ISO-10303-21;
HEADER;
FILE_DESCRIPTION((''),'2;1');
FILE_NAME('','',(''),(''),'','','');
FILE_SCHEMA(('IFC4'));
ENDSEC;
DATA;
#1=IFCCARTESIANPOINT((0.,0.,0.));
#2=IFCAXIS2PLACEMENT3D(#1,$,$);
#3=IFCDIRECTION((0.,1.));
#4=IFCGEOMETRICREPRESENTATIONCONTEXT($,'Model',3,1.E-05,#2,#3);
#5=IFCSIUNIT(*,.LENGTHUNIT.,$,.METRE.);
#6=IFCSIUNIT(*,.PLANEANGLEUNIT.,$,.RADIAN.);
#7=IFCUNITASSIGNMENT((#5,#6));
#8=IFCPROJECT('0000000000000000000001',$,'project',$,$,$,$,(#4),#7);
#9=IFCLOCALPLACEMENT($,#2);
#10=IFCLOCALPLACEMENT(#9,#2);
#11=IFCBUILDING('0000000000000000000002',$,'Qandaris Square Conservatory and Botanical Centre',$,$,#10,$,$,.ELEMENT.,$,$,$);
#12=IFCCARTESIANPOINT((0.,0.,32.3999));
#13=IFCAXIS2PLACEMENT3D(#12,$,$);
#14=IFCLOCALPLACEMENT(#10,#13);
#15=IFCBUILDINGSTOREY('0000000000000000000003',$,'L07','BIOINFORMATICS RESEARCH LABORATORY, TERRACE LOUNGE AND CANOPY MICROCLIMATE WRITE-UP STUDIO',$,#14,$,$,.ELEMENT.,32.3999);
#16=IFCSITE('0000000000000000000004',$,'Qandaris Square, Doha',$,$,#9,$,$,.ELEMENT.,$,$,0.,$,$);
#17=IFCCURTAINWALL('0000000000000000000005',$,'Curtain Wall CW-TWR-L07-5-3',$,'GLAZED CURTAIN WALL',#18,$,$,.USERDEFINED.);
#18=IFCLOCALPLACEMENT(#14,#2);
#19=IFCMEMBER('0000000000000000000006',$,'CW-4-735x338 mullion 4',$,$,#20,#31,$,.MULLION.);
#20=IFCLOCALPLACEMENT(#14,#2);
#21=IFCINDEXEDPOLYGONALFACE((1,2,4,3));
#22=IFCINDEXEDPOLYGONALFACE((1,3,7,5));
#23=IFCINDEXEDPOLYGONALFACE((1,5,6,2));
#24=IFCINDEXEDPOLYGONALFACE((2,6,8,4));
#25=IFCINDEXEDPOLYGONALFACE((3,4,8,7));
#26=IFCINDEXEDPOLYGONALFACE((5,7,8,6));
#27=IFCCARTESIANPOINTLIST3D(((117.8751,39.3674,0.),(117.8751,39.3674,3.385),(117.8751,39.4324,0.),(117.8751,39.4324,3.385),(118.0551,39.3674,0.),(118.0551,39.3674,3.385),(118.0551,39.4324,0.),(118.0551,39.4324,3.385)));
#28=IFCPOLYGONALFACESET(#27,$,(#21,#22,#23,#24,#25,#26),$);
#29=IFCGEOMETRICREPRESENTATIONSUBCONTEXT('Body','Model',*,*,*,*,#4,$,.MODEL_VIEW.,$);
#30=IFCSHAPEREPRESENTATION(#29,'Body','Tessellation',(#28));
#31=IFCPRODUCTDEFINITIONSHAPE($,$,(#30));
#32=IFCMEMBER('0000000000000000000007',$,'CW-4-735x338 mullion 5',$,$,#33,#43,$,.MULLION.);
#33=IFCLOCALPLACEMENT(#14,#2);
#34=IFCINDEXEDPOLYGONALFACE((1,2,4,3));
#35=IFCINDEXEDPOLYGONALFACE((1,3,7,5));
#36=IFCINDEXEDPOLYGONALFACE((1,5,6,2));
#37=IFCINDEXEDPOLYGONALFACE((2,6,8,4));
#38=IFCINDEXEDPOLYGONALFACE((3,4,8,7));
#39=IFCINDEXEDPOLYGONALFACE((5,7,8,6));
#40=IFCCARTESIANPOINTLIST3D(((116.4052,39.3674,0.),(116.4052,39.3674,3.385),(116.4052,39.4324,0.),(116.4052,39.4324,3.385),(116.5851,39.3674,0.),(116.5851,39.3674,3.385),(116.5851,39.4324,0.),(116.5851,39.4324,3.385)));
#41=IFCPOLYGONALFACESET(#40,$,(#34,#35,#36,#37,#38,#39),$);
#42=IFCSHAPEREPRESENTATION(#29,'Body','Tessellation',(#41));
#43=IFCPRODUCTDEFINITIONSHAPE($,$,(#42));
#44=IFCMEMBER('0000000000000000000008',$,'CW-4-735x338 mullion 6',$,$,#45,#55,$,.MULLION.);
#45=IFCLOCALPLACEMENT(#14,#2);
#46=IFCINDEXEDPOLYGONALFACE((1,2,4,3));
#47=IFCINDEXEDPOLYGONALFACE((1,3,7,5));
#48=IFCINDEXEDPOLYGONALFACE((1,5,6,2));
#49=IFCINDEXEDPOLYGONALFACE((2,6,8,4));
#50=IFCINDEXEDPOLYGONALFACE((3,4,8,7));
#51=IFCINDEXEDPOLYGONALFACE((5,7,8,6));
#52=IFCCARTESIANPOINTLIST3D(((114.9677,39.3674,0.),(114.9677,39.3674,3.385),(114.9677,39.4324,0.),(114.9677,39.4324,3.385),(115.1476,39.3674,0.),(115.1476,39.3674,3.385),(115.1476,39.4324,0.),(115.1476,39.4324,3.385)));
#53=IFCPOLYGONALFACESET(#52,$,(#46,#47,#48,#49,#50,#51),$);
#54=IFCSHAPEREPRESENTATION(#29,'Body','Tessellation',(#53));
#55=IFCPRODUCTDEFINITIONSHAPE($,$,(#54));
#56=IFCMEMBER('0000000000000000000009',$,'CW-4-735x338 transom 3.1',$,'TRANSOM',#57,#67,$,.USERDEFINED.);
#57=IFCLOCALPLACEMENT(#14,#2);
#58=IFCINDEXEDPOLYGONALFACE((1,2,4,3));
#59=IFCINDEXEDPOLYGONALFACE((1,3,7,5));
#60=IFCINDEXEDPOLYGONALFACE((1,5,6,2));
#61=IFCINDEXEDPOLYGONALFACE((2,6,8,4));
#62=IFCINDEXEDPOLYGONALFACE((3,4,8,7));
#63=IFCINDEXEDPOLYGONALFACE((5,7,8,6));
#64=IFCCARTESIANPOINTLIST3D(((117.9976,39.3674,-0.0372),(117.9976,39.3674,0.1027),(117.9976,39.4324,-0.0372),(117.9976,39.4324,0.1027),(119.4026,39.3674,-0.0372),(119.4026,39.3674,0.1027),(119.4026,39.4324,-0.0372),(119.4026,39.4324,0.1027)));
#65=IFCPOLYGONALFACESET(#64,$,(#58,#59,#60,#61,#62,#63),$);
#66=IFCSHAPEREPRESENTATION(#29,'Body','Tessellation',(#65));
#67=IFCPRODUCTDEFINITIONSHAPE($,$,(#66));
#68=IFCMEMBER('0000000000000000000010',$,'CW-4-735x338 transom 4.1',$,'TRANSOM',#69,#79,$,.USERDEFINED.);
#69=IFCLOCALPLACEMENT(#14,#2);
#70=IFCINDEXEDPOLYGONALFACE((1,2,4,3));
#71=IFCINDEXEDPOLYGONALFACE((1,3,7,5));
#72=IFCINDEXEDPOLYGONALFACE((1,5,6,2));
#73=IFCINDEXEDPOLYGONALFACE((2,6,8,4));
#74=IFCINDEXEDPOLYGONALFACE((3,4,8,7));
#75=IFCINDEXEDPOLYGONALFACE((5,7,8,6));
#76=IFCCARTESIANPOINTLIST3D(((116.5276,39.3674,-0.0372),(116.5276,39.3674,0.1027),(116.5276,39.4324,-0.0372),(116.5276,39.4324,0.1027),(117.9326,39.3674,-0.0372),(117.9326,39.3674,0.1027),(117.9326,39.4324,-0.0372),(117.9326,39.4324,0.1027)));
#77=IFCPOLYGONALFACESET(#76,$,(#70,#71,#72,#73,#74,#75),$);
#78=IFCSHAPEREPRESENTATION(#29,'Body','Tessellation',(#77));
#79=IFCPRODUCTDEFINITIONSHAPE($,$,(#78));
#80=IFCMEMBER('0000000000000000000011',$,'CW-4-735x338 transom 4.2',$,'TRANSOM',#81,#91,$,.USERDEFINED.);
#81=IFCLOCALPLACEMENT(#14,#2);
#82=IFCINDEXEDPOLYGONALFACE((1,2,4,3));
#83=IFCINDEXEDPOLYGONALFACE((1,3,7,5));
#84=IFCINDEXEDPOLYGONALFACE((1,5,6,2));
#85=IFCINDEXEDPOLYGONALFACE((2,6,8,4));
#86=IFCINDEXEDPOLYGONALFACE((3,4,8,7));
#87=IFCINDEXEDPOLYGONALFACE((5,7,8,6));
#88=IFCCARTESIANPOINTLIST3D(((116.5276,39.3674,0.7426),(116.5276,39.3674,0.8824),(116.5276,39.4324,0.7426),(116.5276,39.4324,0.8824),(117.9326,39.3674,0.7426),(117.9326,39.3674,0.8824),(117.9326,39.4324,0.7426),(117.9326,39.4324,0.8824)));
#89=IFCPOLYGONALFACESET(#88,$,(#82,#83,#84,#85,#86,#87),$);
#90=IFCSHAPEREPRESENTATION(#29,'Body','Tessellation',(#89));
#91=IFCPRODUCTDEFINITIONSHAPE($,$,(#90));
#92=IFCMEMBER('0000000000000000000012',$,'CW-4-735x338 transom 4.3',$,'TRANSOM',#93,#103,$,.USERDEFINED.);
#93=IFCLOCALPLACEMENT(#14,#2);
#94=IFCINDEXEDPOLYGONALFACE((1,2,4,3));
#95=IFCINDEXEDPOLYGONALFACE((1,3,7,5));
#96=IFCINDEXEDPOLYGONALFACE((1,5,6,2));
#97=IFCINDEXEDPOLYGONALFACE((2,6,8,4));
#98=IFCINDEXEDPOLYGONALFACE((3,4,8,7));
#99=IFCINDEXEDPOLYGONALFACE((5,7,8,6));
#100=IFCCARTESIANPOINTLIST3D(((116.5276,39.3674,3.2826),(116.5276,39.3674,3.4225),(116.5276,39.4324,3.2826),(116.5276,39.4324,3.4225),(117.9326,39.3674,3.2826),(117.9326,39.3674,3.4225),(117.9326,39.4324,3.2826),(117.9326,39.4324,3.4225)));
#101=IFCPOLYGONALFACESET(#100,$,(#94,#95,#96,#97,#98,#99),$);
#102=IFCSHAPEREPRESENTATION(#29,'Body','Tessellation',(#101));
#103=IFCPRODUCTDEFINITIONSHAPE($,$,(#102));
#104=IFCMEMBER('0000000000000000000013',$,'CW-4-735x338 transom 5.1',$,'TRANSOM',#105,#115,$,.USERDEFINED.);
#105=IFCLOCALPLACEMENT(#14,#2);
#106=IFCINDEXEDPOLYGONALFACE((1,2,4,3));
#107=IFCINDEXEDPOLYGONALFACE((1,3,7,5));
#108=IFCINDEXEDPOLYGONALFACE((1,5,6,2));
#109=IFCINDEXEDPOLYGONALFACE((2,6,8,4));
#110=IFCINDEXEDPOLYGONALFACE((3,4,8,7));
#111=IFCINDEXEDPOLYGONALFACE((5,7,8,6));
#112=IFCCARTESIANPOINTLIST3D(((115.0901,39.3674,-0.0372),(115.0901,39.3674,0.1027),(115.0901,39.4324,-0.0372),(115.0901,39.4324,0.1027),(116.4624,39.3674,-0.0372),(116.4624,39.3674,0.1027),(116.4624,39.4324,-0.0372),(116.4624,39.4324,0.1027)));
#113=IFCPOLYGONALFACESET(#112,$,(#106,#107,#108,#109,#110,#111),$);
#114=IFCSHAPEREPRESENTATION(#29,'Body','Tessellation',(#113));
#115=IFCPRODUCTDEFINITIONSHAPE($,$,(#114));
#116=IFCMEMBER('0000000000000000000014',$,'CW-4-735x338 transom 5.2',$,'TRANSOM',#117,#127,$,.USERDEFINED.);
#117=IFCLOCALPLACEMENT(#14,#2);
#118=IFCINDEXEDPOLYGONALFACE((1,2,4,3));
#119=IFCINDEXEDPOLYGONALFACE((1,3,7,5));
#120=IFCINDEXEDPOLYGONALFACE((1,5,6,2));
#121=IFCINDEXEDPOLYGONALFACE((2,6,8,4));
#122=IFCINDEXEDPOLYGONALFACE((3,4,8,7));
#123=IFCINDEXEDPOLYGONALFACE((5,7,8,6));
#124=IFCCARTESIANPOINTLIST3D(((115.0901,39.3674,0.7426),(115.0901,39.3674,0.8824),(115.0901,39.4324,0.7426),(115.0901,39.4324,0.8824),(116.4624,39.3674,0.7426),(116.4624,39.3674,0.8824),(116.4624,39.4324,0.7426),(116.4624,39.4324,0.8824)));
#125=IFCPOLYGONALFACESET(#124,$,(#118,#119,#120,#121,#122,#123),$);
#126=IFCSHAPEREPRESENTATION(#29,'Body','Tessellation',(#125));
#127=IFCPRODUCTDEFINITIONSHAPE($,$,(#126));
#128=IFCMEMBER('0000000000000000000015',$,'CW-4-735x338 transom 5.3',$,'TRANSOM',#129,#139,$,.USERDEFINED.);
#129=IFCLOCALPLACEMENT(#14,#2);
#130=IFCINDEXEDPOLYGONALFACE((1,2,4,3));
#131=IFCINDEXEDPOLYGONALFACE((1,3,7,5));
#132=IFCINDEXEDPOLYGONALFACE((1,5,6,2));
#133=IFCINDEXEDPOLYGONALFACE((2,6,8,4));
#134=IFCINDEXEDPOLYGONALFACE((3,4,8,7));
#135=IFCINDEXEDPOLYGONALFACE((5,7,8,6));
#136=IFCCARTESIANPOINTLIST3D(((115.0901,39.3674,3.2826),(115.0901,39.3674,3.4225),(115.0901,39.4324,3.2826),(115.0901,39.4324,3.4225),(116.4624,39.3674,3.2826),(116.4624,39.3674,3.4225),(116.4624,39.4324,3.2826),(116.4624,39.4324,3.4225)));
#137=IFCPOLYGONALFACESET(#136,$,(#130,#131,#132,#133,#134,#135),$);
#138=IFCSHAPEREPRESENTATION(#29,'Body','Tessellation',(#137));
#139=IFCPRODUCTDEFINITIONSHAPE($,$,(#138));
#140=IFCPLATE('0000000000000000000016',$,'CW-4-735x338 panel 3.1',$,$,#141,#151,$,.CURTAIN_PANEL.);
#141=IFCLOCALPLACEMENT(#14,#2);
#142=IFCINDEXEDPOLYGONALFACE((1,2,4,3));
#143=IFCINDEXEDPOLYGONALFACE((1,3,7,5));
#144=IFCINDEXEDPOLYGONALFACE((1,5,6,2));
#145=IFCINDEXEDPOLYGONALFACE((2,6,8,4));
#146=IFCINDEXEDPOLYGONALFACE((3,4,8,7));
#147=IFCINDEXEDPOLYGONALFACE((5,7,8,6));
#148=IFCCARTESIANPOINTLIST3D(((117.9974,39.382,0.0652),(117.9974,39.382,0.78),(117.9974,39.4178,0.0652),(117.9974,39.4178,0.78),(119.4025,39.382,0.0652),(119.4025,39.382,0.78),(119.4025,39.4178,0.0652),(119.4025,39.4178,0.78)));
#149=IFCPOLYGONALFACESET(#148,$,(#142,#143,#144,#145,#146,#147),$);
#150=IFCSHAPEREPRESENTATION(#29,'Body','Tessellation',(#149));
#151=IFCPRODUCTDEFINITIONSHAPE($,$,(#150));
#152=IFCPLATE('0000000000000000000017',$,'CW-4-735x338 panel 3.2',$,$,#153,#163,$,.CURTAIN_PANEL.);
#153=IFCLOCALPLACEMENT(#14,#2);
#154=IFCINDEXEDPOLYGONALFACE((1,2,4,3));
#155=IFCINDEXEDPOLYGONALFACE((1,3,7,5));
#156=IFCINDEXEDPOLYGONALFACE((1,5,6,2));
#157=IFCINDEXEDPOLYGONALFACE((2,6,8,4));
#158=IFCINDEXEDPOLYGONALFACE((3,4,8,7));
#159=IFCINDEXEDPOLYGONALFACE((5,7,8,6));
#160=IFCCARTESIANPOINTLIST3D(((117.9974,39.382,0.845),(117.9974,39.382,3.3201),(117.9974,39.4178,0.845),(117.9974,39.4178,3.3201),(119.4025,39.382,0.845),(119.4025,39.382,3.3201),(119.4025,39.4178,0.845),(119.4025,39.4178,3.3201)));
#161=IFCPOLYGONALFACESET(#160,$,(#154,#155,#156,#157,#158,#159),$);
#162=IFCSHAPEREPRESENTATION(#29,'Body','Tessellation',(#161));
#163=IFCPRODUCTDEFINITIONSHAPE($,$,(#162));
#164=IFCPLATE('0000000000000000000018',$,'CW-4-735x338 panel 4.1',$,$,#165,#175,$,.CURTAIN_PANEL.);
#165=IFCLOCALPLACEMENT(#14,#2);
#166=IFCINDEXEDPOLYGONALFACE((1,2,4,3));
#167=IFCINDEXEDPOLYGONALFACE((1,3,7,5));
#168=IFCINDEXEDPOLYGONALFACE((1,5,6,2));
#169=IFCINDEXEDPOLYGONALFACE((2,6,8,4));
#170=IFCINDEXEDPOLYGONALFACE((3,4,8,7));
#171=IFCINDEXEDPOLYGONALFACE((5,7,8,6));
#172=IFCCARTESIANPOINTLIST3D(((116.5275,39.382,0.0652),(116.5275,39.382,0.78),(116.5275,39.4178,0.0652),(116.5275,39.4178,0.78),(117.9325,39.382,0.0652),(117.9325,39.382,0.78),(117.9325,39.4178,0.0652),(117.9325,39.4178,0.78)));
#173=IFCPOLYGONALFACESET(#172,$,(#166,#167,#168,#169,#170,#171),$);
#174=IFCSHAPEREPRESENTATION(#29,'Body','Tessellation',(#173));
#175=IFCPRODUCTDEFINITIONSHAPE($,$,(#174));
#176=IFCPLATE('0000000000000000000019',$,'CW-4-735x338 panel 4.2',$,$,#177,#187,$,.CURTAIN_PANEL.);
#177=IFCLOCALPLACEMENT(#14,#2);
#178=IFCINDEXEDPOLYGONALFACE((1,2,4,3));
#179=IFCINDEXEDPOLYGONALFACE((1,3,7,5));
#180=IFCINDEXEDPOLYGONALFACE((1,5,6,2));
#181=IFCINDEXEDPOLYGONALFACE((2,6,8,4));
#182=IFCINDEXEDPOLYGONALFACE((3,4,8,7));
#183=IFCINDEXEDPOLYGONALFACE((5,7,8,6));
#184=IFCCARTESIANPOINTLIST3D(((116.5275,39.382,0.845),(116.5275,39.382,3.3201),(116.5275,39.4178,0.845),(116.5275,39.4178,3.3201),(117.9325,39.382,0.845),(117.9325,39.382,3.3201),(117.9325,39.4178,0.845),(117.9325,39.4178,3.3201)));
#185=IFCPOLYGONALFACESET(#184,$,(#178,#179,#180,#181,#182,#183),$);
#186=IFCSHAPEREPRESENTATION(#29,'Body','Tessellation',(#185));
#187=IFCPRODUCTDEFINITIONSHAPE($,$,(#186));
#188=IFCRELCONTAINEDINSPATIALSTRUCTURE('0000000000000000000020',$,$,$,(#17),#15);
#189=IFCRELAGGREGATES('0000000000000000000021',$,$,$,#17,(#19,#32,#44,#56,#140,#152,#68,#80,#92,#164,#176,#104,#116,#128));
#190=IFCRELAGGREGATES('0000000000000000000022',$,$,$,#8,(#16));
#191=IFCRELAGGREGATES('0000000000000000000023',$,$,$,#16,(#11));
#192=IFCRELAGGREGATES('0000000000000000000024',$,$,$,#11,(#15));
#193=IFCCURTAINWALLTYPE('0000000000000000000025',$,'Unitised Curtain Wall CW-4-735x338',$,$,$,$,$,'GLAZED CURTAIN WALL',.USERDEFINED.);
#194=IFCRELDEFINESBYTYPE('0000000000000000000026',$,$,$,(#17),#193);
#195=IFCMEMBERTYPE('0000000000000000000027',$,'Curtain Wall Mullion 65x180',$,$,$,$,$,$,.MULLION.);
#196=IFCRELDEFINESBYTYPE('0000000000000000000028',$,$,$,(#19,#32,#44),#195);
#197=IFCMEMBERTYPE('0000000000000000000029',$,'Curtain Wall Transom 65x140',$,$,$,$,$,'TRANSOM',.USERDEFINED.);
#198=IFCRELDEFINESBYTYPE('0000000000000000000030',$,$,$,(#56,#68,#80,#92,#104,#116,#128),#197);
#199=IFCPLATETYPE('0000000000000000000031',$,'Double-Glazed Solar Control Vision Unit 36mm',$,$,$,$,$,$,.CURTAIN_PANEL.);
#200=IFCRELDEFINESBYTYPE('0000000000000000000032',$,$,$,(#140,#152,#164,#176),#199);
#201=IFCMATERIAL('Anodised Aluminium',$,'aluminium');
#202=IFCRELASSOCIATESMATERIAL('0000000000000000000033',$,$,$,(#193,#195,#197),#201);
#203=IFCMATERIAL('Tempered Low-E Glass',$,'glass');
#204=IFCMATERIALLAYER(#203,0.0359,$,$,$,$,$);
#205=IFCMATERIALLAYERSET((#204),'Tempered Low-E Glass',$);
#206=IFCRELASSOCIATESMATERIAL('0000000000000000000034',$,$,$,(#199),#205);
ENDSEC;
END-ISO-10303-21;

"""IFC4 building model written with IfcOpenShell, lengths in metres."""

from ifc_helpers import new_model, si_unit, direction, frame, origin, origin_2d, place, context, subcontext, project, spatial, rectangle, extrude, material, layer, layer_set, material_profile, profile_set, type_object, element, aggregate, save


model = new_model("IFC4")

# Units and contexts
model_context = context("Model", 3, precision=1e-05, world=origin(), true_north=direction((0.0, 1.0)))
body_context = subcontext(model_context, "Body", "Model", "MODEL_VIEW")
ifc_project = project(units=[si_unit("LENGTHUNIT", "METRE"), si_unit("PLANEANGLEUNIT", "RADIAN")], contexts=[model_context])

# Site, building, storey
site_placement = place(None, origin())
site = spatial("IfcSite", under=ifc_project, at=site_placement, Name="Qandaris Square, Doha", CompositionType="ELEMENT", RefElevation=0.0)
building_placement = place(site_placement, origin())
building = spatial("IfcBuilding", under=site, at=building_placement, Name="Qandaris Square Conservatory and Botanical Centre", CompositionType="ELEMENT")
storey_placement = place(building_placement, frame((0.0, 0.0, 32.3999)))
storey = spatial("IfcBuildingStorey", under=building, at=storey_placement, Name="L07", Description="BIOINFORMATICS RESEARCH LABORATORY, TERRACE LOUNGE AND CANOPY MICROCLIMATE WRITE-UP STUDIO", CompositionType="ELEMENT", Elevation=32.3999)

# Curtain wall, members, plates
ifc_material_1 = material(Name="Anodised Aluminium", Category="aluminium")
curtain_wall_type = type_object("IfcCurtainWallType", Name="Unitised Curtain Wall CW-4-735x338", ElementType="GLAZED CURTAIN WALL", PredefinedType="USERDEFINED", material=ifc_material_1)
curtain_wall_placement = place(storey_placement, origin())
curtain_wall = element("IfcCurtainWall", 1, at=curtain_wall_placement, inside=storey, type_object=curtain_wall_type, Name="Curtain Wall CW-TWR-L07-5-3", ObjectType="GLAZED CURTAIN WALL", PredefinedType="USERDEFINED")
ifc_material_profile_1 = material_profile(ifc_material_1, rectangle(XDim=0.0649, YDim=0.1799, at=origin_2d()), Name="ALU-MUL 65x180")
ifc_profile_set_1 = profile_set([ifc_material_profile_1], Name="Anodised Aluminium")
member_type_1 = type_object("IfcMemberType", Name="Curtain Wall Mullion 65x180", PredefinedType="MULLION", material=ifc_profile_set_1)
member_1_placement = place(storey_placement, frame((117.9651, 39.3999, 0.0), z_axis=(0.0, 0.0, 1.0), x_axis=(0.0, -1.0, 0.0)))
member_1 = element("IfcMember", 2, at=member_1_placement, type_object=member_type_1, Name="CW-4-735x338 mullion 4", PredefinedType="MULLION", context=body_context, shape_type="SweptSolid", body=[
    extrude(rectangle(XDim=0.0649, YDim=0.1799, at=origin_2d()), origin(), (0.0, 0.0, 1.0), 3.385),
])
member_2_placement = place(storey_placement, frame((116.4951, 39.3999, 0.0), z_axis=(0.0, 0.0, 1.0), x_axis=(0.0, -1.0, 0.0)))
member_2 = element("IfcMember", 3, at=member_2_placement, type_object=member_type_1, Name="CW-4-735x338 mullion 5", PredefinedType="MULLION", context=body_context, shape_type="SweptSolid", body=[
    extrude(rectangle(XDim=0.0649, YDim=0.1799, at=origin_2d()), origin(), (0.0, 0.0, 1.0), 3.385),
])
member_3_placement = place(storey_placement, frame((115.0576, 39.3999, 0.0), z_axis=(0.0, 0.0, 1.0), x_axis=(0.0, -1.0, 0.0)))
member_3 = element("IfcMember", 4, at=member_3_placement, type_object=member_type_1, Name="CW-4-735x338 mullion 6", PredefinedType="MULLION", context=body_context, shape_type="SweptSolid", body=[
    extrude(rectangle(XDim=0.0649, YDim=0.1799, at=origin_2d()), origin(), (0.0, 0.0, 1.0), 3.385),
])
ifc_material_profile_2 = material_profile(ifc_material_1, rectangle(XDim=0.0649, YDim=0.1399, at=origin_2d()), Name="ALU-TRN 65x140")
ifc_profile_set_2 = profile_set([ifc_material_profile_2], Name="Anodised Aluminium")
member_type_2 = type_object("IfcMemberType", Name="Curtain Wall Transom 65x140", ElementType="TRANSOM", PredefinedType="USERDEFINED", material=ifc_profile_set_2)
member_4_placement = place(storey_placement, frame((119.4026, 39.3999, 0.0327), z_axis=(-1.0, 0.0, 0.0), x_axis=(0.0, -1.0, 0.0)))
member_4 = element("IfcMember", 5, at=member_4_placement, type_object=member_type_2, Name="CW-4-735x338 transom 3.1", ObjectType="TRANSOM", PredefinedType="USERDEFINED", context=body_context, shape_type="SweptSolid", body=[
    extrude(rectangle(XDim=0.0649, YDim=0.1399, at=origin_2d()), origin(), (0.0, 0.0, 1.0), 1.405),
])
member_5_placement = place(storey_placement, frame((117.9326, 39.3999, 0.0327), z_axis=(-1.0, 0.0, 0.0), x_axis=(0.0, -1.0, 0.0)))
member_5 = element("IfcMember", 6, at=member_5_placement, type_object=member_type_2, Name="CW-4-735x338 transom 4.1", ObjectType="TRANSOM", PredefinedType="USERDEFINED", context=body_context, shape_type="SweptSolid", body=[
    extrude(rectangle(XDim=0.0649, YDim=0.1399, at=origin_2d()), origin(), (0.0, 0.0, 1.0), 1.405),
])
member_6_placement = place(storey_placement, frame((117.9326, 39.3999, 0.8125), z_axis=(-1.0, 0.0, 0.0), x_axis=(0.0, -1.0, 0.0)))
member_6 = element("IfcMember", 7, at=member_6_placement, type_object=member_type_2, Name="CW-4-735x338 transom 4.2", ObjectType="TRANSOM", PredefinedType="USERDEFINED", context=body_context, shape_type="SweptSolid", body=[
    extrude(rectangle(XDim=0.0649, YDim=0.1399, at=origin_2d()), origin(), (0.0, 0.0, 1.0), 1.405),
])
member_7_placement = place(storey_placement, frame((117.9326, 39.3999, 3.3525), z_axis=(-1.0, 0.0, 0.0), x_axis=(0.0, -1.0, 0.0)))
member_7 = element("IfcMember", 8, at=member_7_placement, type_object=member_type_2, Name="CW-4-735x338 transom 4.3", ObjectType="TRANSOM", PredefinedType="USERDEFINED", context=body_context, shape_type="SweptSolid", body=[
    extrude(rectangle(XDim=0.0649, YDim=0.1399, at=origin_2d()), origin(), (0.0, 0.0, 1.0), 1.405),
])
member_8_placement = place(storey_placement, frame((116.4624, 39.3999, 0.0327), z_axis=(-1.0, 0.0, 0.0), x_axis=(0.0, -1.0, 0.0)))
member_8 = element("IfcMember", 9, at=member_8_placement, type_object=member_type_2, Name="CW-4-735x338 transom 5.1", ObjectType="TRANSOM", PredefinedType="USERDEFINED", context=body_context, shape_type="SweptSolid", body=[
    extrude(rectangle(XDim=0.0649, YDim=0.1399, at=origin_2d()), origin(), (0.0, 0.0, 1.0), 1.3723),
])
member_9_placement = place(storey_placement, frame((116.4624, 39.3999, 0.8125), z_axis=(-1.0, 0.0, 0.0), x_axis=(0.0, -1.0, 0.0)))
member_9 = element("IfcMember", 10, at=member_9_placement, type_object=member_type_2, Name="CW-4-735x338 transom 5.2", ObjectType="TRANSOM", PredefinedType="USERDEFINED", context=body_context, shape_type="SweptSolid", body=[
    extrude(rectangle(XDim=0.0649, YDim=0.1399, at=origin_2d()), origin(), (0.0, 0.0, 1.0), 1.3723),
])
member_10_placement = place(storey_placement, frame((116.4624, 39.3999, 3.3525), z_axis=(-1.0, 0.0, 0.0), x_axis=(0.0, -1.0, 0.0)))
member_10 = element("IfcMember", 11, at=member_10_placement, type_object=member_type_2, Name="CW-4-735x338 transom 5.3", ObjectType="TRANSOM", PredefinedType="USERDEFINED", context=body_context, shape_type="SweptSolid", body=[
    extrude(rectangle(XDim=0.0649, YDim=0.1399, at=origin_2d()), origin(), (0.0, 0.0, 1.0), 1.3723),
])
ifc_material_2 = material(Name="Tempered Low-E Glass", Category="glass")
ifc_layer_1 = layer(ifc_material_2, 0.0359)
ifc_layer_set_1 = layer_set([ifc_layer_1], Name="Tempered Low-E Glass")
plate_type = type_object("IfcPlateType", Name="Double-Glazed Solar Control Vision Unit 36mm", PredefinedType="CURTAIN_PANEL", material=ifc_layer_set_1)
plate_1_placement = place(storey_placement, frame((118.7, 39.3999, 0.0652), z_axis=(0.0, 0.0, 1.0), x_axis=(-1.0, 0.0, 0.0)))
plate_1 = element("IfcPlate", 12, at=plate_1_placement, type_object=plate_type, Name="CW-4-735x338 panel 3.1", PredefinedType="CURTAIN_PANEL", context=body_context, shape_type="SweptSolid", body=[
    extrude(rectangle(XDim=1.405, YDim=0.0359, at=origin_2d()), origin(), (0.0, 0.0, 1.0), 0.7148),
])
plate_2_placement = place(storey_placement, frame((118.7, 39.3999, 0.845), z_axis=(0.0, 0.0, 1.0), x_axis=(-1.0, 0.0, 0.0)))
plate_2 = element("IfcPlate", 13, at=plate_2_placement, type_object=plate_type, Name="CW-4-735x338 panel 3.2", PredefinedType="CURTAIN_PANEL", context=body_context, shape_type="SweptSolid", body=[
    extrude(rectangle(XDim=1.405, YDim=0.0359, at=origin_2d()), origin(), (0.0, 0.0, 1.0), 2.4751),
])
plate_3_placement = place(storey_placement, frame((117.23, 39.3999, 0.0652), z_axis=(0.0, 0.0, 1.0), x_axis=(-1.0, 0.0, 0.0)))
plate_3 = element("IfcPlate", 14, at=plate_3_placement, type_object=plate_type, Name="CW-4-735x338 panel 4.1", PredefinedType="CURTAIN_PANEL", context=body_context, shape_type="SweptSolid", body=[
    extrude(rectangle(XDim=1.405, YDim=0.0359, at=origin_2d()), origin(), (0.0, 0.0, 1.0), 0.7148),
])
plate_4_placement = place(storey_placement, frame((117.23, 39.3999, 0.845), z_axis=(0.0, 0.0, 1.0), x_axis=(-1.0, 0.0, 0.0)))
plate_4 = element("IfcPlate", 15, at=plate_4_placement, type_object=plate_type, Name="CW-4-735x338 panel 4.2", PredefinedType="CURTAIN_PANEL", context=body_context, shape_type="SweptSolid", body=[
    extrude(rectangle(XDim=1.405, YDim=0.0359, at=origin_2d()), origin(), (0.0, 0.0, 1.0), 2.4751),
])
aggregate(curtain_wall, [member_1, member_2, member_3, member_4, plate_1, plate_2, member_5, member_6, member_7, plate_3, plate_4, member_8, member_9, member_10])

save(model, "model.ifc")
